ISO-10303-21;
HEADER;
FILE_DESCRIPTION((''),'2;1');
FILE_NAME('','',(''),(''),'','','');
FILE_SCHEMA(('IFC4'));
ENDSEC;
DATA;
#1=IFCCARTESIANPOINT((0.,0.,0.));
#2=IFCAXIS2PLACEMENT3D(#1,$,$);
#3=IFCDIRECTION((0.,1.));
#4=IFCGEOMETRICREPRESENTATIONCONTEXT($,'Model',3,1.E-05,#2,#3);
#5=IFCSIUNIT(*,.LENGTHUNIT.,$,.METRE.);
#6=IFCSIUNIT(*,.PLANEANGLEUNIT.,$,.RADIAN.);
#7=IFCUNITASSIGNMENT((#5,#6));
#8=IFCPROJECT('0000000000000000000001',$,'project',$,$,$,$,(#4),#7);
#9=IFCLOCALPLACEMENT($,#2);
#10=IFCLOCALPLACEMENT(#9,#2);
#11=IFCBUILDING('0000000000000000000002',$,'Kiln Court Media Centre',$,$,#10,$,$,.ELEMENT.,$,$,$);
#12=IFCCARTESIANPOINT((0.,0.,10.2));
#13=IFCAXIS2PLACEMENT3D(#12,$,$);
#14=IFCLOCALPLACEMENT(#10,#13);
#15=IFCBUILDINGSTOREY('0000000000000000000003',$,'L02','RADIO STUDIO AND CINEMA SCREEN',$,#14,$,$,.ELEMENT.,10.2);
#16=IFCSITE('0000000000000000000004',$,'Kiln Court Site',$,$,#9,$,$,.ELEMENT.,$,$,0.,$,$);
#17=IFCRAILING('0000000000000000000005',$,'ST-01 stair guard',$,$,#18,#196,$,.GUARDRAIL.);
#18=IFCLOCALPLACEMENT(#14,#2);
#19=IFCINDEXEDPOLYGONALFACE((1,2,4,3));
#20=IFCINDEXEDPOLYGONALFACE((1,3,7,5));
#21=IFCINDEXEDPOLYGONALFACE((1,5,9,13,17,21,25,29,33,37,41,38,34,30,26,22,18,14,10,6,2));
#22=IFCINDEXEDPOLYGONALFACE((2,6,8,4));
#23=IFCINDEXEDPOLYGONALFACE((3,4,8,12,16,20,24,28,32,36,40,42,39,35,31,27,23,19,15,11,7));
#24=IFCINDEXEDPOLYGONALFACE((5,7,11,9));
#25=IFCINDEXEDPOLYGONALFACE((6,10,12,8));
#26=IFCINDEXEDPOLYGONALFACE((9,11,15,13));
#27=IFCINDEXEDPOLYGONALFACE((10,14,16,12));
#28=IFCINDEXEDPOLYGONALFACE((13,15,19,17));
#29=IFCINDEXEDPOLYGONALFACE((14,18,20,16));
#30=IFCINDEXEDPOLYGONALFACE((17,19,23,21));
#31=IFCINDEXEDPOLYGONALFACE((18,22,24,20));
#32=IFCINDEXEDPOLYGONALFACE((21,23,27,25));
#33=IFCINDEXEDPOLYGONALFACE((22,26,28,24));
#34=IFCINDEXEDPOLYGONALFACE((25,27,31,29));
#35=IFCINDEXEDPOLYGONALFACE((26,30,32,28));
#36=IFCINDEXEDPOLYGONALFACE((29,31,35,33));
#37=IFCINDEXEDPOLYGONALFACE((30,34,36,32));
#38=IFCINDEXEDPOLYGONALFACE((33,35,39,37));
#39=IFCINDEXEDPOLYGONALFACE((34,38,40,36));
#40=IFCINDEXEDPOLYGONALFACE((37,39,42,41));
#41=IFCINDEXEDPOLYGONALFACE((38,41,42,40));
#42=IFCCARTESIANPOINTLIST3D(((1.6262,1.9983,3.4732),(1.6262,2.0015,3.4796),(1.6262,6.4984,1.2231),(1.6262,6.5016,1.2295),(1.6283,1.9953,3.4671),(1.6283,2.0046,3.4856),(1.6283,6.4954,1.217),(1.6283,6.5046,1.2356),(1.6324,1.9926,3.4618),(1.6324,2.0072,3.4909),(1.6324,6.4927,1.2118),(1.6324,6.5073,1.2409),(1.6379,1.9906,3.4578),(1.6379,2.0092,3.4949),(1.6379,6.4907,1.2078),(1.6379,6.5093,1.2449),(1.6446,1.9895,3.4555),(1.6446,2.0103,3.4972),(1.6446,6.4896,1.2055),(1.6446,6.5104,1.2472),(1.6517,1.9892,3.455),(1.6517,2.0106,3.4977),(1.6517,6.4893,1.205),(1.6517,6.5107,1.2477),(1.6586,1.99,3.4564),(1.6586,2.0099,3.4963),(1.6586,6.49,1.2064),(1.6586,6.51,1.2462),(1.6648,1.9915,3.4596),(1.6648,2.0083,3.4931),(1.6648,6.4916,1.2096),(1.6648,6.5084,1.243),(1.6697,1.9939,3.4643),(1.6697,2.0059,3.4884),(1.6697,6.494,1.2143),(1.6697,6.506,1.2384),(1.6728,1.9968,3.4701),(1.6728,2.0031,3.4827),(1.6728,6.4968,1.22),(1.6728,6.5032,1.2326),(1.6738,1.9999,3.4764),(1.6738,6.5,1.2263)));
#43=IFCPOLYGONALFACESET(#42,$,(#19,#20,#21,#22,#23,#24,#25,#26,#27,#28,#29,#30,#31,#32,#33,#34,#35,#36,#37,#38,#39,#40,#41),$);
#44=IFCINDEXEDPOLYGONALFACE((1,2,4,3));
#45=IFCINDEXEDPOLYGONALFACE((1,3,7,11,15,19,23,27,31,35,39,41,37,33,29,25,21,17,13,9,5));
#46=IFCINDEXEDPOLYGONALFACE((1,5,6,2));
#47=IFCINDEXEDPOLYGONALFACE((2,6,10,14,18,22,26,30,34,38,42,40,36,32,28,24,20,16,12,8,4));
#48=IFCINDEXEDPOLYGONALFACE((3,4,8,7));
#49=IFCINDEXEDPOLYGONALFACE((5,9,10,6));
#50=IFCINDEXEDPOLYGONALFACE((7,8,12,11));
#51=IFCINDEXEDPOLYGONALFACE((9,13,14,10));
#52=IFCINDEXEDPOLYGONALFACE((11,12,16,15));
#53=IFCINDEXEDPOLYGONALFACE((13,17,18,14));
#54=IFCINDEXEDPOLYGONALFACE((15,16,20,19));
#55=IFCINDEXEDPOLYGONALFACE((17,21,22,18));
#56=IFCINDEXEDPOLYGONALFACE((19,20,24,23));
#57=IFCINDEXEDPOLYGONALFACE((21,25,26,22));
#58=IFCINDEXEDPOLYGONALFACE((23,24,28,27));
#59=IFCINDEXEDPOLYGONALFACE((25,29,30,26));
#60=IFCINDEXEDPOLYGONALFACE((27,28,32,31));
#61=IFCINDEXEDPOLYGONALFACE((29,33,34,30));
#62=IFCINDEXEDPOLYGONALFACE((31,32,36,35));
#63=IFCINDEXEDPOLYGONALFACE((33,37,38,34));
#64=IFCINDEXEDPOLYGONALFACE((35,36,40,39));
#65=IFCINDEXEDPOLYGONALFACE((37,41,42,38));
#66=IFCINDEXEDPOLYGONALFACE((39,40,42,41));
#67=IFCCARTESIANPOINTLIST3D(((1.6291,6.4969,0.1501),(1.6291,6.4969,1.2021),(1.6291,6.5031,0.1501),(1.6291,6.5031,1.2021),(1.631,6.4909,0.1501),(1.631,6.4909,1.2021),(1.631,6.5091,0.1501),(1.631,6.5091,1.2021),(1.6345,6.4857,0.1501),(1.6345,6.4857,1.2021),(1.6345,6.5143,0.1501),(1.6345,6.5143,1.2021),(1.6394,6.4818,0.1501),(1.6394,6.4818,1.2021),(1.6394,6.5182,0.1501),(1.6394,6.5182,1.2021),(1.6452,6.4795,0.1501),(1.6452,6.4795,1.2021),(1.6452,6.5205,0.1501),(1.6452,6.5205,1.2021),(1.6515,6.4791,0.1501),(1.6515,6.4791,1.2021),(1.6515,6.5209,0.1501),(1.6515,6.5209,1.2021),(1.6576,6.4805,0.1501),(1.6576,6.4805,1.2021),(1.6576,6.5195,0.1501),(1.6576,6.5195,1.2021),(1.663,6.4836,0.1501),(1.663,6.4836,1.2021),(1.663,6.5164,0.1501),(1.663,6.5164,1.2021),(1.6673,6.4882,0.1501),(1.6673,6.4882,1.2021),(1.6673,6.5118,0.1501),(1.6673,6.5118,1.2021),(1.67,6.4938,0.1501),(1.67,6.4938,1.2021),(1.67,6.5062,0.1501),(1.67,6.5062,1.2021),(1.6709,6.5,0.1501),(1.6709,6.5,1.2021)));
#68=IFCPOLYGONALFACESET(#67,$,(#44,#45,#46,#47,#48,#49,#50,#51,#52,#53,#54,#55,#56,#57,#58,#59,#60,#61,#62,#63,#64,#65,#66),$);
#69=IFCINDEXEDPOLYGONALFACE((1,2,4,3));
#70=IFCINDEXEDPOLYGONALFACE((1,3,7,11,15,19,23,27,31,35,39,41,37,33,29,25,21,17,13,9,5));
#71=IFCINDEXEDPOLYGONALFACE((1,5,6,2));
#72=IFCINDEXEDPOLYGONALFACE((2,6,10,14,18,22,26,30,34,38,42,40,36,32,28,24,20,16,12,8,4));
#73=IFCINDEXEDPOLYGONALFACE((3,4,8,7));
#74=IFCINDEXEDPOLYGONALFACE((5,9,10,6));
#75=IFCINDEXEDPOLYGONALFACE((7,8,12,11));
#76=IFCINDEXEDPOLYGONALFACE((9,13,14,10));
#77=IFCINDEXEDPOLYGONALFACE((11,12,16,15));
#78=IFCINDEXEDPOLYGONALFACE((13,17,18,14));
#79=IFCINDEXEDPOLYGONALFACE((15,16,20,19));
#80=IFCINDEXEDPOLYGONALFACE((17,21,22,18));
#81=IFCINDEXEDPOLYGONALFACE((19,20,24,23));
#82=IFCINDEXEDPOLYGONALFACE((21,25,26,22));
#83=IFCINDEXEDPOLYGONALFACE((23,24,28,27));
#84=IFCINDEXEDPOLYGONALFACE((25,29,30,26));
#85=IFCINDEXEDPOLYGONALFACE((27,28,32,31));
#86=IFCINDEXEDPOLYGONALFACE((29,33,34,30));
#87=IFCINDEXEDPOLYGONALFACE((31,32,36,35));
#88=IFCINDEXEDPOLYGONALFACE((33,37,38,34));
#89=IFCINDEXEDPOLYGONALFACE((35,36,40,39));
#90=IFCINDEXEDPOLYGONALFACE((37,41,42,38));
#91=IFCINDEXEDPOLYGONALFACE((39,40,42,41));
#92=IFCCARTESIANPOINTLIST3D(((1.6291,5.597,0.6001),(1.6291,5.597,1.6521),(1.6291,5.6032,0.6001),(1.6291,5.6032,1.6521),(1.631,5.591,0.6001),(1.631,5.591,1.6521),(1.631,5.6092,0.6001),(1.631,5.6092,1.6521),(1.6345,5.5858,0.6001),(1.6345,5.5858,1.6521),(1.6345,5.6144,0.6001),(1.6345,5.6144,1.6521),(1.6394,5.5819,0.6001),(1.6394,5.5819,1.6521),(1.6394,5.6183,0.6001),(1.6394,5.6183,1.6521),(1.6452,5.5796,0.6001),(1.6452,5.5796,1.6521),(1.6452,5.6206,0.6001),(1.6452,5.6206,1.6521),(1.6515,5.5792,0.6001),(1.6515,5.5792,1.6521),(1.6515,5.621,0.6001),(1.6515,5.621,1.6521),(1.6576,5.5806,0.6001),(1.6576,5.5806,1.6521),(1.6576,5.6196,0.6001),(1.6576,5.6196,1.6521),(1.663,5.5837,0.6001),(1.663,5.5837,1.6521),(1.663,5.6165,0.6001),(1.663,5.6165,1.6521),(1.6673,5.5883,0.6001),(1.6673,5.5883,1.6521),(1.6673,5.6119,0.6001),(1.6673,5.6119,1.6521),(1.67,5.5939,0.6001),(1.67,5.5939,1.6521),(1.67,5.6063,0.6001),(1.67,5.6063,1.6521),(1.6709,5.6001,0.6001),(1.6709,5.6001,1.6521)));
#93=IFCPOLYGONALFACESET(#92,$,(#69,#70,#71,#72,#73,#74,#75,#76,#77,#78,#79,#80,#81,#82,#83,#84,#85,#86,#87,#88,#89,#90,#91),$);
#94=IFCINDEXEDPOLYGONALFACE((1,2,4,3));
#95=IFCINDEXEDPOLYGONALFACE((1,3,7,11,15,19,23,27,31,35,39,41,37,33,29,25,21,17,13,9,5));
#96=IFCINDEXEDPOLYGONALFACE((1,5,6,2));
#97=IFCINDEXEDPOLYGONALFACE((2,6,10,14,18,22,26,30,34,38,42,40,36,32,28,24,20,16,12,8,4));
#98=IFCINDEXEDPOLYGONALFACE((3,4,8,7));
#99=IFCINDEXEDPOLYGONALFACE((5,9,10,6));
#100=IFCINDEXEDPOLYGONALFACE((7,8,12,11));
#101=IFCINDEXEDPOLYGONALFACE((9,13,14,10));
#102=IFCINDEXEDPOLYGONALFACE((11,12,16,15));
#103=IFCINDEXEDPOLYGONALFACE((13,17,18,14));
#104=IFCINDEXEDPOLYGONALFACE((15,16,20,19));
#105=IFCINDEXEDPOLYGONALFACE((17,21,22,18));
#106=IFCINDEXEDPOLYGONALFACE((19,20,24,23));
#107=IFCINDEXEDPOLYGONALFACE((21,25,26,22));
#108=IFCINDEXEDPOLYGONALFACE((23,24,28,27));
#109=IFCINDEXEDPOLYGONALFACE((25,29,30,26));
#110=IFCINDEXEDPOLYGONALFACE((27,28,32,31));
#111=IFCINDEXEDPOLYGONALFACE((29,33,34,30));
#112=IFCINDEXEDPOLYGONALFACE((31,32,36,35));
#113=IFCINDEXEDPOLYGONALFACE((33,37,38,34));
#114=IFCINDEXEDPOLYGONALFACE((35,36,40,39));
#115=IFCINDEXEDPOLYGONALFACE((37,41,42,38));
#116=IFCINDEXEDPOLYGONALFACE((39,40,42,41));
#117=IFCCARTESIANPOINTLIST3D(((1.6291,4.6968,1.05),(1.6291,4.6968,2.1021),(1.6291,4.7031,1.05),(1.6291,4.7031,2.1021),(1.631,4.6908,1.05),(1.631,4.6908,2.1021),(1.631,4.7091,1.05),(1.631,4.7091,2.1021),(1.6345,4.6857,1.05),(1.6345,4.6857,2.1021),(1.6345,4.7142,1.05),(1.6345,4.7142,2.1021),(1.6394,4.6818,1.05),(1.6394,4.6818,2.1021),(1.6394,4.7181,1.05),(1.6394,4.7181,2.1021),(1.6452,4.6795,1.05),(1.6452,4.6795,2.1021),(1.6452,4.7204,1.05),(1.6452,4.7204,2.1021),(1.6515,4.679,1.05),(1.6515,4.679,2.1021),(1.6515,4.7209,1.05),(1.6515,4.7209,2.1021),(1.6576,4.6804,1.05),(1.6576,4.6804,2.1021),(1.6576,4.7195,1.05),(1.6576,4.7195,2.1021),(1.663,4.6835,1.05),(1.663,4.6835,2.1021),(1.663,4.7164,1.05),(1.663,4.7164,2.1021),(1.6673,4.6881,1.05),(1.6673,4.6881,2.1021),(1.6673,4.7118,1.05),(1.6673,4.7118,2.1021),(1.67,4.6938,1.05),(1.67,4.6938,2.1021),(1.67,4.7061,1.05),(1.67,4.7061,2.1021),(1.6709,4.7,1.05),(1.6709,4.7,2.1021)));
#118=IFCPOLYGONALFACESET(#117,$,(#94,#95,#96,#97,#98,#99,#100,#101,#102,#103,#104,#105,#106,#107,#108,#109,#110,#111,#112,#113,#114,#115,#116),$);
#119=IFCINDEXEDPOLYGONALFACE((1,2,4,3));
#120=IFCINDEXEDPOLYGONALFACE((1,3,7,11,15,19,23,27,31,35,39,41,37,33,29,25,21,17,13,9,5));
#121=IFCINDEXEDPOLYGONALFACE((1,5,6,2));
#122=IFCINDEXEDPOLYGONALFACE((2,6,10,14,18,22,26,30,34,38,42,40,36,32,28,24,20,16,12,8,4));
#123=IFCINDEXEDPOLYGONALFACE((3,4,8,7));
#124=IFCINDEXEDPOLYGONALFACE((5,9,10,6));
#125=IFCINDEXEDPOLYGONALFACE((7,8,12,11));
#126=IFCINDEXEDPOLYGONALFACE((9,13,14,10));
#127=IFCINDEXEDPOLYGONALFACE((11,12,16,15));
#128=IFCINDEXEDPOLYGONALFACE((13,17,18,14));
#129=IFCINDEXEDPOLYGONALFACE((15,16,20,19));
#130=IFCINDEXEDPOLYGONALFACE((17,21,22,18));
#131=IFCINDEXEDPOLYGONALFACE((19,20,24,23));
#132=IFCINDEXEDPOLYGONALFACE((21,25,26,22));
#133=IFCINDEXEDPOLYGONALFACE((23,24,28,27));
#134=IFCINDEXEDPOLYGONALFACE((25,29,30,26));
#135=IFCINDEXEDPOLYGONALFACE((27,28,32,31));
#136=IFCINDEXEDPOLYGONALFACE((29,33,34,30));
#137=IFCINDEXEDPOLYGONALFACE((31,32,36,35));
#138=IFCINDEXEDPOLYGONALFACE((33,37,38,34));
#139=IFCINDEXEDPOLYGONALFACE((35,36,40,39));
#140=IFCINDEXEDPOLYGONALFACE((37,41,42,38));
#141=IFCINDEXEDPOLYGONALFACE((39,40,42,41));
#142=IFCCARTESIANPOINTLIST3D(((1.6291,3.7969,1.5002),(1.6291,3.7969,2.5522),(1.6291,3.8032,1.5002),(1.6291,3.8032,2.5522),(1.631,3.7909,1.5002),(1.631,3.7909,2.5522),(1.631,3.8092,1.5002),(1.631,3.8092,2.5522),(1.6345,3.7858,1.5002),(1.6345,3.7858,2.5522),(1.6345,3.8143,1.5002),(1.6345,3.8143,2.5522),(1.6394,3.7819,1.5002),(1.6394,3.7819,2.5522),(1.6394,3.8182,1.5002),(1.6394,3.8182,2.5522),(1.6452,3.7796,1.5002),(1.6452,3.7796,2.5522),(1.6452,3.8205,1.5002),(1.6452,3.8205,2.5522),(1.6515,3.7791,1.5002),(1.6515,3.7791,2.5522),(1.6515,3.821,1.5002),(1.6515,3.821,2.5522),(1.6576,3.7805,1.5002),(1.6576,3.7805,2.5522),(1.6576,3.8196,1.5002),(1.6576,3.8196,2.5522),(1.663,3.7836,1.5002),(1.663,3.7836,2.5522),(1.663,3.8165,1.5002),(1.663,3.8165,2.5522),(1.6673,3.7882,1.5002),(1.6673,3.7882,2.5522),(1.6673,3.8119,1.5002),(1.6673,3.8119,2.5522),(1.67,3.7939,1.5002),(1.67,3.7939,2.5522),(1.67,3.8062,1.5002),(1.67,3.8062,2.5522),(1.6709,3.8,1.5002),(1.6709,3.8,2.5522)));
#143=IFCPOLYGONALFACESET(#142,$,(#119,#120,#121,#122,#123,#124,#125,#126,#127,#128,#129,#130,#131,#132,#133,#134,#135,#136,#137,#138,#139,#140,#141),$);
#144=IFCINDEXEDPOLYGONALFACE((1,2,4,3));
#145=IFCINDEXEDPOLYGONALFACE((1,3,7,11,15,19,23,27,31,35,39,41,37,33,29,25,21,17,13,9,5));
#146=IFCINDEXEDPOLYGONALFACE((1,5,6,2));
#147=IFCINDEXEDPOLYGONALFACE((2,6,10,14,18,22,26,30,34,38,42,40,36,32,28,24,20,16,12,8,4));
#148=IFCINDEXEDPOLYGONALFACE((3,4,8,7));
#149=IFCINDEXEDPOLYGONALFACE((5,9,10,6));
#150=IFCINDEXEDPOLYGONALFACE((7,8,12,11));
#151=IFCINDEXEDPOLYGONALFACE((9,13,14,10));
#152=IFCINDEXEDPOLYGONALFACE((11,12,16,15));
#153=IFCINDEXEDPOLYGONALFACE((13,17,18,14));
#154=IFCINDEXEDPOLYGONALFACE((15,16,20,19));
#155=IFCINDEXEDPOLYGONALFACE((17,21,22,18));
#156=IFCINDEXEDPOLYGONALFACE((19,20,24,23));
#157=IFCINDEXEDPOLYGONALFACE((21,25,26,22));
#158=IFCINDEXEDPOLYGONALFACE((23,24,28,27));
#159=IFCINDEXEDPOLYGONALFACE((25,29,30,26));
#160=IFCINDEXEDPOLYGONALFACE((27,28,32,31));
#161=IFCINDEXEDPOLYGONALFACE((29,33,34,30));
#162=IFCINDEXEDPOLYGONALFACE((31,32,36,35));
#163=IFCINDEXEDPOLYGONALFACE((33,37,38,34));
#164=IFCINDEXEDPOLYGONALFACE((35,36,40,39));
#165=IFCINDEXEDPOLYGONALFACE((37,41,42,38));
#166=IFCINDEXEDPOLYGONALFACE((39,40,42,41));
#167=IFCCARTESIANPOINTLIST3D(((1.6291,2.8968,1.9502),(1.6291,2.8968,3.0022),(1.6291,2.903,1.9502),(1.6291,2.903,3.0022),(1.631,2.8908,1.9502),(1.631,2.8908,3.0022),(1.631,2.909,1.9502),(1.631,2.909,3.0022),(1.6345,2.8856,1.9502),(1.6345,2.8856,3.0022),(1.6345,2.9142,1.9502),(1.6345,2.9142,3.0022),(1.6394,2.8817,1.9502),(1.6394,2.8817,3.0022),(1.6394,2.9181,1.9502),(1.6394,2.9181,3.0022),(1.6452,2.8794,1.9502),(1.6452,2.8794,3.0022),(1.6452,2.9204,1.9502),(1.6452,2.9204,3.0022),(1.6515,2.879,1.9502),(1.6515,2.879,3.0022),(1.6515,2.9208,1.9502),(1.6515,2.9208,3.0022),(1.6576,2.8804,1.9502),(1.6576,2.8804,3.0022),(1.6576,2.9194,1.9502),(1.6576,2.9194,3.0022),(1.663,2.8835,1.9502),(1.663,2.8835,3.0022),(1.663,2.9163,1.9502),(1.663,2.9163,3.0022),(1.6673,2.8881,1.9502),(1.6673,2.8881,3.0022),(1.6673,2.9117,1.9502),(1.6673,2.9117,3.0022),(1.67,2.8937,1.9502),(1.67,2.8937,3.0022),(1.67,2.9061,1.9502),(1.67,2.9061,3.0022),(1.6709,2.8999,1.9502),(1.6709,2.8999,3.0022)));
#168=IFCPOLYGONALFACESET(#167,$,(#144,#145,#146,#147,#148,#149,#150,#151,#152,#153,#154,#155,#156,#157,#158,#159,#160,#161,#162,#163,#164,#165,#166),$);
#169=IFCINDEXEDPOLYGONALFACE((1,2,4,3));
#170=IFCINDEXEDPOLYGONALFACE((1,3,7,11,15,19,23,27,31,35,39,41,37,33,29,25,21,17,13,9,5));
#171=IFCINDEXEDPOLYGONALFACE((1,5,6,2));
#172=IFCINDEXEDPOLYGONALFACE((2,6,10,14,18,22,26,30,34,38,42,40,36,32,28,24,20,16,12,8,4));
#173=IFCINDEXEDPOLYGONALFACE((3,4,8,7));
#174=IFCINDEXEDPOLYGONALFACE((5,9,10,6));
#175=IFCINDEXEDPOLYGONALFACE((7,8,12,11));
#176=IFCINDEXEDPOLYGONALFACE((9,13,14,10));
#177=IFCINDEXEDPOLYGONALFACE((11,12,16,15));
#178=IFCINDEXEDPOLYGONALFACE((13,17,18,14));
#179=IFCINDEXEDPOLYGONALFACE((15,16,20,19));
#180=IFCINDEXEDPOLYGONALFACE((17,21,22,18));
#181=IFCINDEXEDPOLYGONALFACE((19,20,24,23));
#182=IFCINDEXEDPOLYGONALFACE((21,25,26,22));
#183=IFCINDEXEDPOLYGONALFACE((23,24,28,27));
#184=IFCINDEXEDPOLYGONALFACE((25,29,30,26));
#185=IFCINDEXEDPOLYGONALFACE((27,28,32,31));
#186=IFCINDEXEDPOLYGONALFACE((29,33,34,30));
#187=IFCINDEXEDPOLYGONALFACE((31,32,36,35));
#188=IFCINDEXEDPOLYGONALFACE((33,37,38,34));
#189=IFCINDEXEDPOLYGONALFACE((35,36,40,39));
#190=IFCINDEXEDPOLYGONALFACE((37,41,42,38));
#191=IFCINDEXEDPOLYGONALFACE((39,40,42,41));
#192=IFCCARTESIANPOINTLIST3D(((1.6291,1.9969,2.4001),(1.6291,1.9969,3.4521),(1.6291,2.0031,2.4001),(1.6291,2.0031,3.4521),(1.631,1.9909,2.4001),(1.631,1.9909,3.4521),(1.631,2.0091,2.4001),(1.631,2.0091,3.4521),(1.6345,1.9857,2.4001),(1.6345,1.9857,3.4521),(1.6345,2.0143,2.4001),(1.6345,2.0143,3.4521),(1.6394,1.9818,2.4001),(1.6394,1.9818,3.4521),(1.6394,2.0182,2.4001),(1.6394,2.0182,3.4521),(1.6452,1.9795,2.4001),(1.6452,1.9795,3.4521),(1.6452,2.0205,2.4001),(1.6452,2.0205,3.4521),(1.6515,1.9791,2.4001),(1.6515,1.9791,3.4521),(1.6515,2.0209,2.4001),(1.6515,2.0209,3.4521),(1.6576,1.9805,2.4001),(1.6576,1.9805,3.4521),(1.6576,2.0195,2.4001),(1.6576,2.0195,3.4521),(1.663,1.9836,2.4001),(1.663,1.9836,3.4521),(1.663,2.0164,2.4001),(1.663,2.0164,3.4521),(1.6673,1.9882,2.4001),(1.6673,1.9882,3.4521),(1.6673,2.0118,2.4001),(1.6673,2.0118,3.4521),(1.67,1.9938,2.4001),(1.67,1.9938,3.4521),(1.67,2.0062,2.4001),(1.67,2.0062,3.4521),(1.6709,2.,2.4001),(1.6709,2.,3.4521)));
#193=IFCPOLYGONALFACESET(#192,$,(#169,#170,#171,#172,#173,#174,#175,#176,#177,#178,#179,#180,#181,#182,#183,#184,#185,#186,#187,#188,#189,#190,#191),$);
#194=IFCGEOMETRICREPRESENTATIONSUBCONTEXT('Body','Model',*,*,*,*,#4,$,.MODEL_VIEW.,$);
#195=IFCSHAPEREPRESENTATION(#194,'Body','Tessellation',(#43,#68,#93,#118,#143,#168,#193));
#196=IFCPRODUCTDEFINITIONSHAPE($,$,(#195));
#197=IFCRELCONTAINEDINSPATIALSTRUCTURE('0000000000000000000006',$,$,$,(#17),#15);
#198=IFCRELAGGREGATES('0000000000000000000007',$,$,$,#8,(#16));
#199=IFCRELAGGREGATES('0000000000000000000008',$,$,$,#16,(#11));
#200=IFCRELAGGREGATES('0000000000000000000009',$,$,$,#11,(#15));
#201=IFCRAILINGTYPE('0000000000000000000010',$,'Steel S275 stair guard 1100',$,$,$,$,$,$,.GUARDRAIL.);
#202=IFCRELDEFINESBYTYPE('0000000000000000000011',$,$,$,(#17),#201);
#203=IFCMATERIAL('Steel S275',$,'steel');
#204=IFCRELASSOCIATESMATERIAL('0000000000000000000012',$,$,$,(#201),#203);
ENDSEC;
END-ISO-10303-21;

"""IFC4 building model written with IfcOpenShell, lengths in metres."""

from ifc_helpers import new_model, si_unit, direction, frame, origin, origin_2d, place, context, subcontext, project, spatial, circle, extrude, material, type_object, element, save


model = new_model("IFC4")

# Units and contexts
model_context = context("Model", 3, precision=1e-05, world=origin(), true_north=direction((0.0, 1.0)))
body_context = subcontext(model_context, "Body", "Model", "MODEL_VIEW")
ifc_project = project(units=[si_unit("LENGTHUNIT", "METRE"), si_unit("PLANEANGLEUNIT", "RADIAN")], contexts=[model_context])

# Site, building, storey
site_placement = place(None, origin())
site = spatial("IfcSite", under=ifc_project, at=site_placement, Name="Kiln Court Site", CompositionType="ELEMENT", RefElevation=0.0)
building_placement = place(site_placement, origin())
building = spatial("IfcBuilding", under=site, at=building_placement, Name="Kiln Court Media Centre", CompositionType="ELEMENT")
storey_placement = place(building_placement, frame((0.0, 0.0, 10.2)))
storey = spatial("IfcBuildingStorey", under=building, at=storey_placement, Name="L02", Description="RADIO STUDIO AND CINEMA SCREEN", CompositionType="ELEMENT", Elevation=10.2)

# Railing
ifc_material_1 = material(Name="Steel S275", Category="steel")
railing_type_1 = type_object("IfcRailingType", Name="Steel S275 stair guard 1100", PredefinedType="GUARDRAIL", material=ifc_material_1)
railing_1_placement = place(storey_placement, frame((1.6499, 6.5, 0.1501)))
element("IfcRailing", 1, at=railing_1_placement, inside=storey, type_object=railing_type_1, Name="ST-01 stair guard", PredefinedType="GUARDRAIL", context=body_context, shape_type="SweptSolid", body=[
    extrude(circle(Radius=0.0239, at=origin_2d()), frame((0.0, 0.0, 1.0762), z_axis=(0.0, -0.894427, 0.447214), x_axis=(1.0, 0.0, 0.0)), (0.0, 0.0, 1.0), 5.0312),
    extrude(circle(Radius=0.021, at=origin_2d()), origin(), (0.0, 0.0, 1.0), 1.052),
    extrude(circle(Radius=0.021, at=origin_2d()), frame((0.0, -0.8999, 0.45)), (0.0, 0.0, 1.0), 1.052),
    extrude(circle(Radius=0.021, at=origin_2d()), frame((0.0, -1.8, 0.8999)), (0.0, 0.0, 1.0), 1.052),
    extrude(circle(Radius=0.021, at=origin_2d()), frame((0.0, -2.7, 1.3501)), (0.0, 0.0, 1.0), 1.052),
    extrude(circle(Radius=0.021, at=origin_2d()), frame((0.0, -3.6001, 1.8)), (0.0, 0.0, 1.0), 1.052),
    extrude(circle(Radius=0.021, at=origin_2d()), frame((0.0, -4.5, 2.25)), (0.0, 0.0, 1.0), 1.052),
])

save(model, "model.ifc")
